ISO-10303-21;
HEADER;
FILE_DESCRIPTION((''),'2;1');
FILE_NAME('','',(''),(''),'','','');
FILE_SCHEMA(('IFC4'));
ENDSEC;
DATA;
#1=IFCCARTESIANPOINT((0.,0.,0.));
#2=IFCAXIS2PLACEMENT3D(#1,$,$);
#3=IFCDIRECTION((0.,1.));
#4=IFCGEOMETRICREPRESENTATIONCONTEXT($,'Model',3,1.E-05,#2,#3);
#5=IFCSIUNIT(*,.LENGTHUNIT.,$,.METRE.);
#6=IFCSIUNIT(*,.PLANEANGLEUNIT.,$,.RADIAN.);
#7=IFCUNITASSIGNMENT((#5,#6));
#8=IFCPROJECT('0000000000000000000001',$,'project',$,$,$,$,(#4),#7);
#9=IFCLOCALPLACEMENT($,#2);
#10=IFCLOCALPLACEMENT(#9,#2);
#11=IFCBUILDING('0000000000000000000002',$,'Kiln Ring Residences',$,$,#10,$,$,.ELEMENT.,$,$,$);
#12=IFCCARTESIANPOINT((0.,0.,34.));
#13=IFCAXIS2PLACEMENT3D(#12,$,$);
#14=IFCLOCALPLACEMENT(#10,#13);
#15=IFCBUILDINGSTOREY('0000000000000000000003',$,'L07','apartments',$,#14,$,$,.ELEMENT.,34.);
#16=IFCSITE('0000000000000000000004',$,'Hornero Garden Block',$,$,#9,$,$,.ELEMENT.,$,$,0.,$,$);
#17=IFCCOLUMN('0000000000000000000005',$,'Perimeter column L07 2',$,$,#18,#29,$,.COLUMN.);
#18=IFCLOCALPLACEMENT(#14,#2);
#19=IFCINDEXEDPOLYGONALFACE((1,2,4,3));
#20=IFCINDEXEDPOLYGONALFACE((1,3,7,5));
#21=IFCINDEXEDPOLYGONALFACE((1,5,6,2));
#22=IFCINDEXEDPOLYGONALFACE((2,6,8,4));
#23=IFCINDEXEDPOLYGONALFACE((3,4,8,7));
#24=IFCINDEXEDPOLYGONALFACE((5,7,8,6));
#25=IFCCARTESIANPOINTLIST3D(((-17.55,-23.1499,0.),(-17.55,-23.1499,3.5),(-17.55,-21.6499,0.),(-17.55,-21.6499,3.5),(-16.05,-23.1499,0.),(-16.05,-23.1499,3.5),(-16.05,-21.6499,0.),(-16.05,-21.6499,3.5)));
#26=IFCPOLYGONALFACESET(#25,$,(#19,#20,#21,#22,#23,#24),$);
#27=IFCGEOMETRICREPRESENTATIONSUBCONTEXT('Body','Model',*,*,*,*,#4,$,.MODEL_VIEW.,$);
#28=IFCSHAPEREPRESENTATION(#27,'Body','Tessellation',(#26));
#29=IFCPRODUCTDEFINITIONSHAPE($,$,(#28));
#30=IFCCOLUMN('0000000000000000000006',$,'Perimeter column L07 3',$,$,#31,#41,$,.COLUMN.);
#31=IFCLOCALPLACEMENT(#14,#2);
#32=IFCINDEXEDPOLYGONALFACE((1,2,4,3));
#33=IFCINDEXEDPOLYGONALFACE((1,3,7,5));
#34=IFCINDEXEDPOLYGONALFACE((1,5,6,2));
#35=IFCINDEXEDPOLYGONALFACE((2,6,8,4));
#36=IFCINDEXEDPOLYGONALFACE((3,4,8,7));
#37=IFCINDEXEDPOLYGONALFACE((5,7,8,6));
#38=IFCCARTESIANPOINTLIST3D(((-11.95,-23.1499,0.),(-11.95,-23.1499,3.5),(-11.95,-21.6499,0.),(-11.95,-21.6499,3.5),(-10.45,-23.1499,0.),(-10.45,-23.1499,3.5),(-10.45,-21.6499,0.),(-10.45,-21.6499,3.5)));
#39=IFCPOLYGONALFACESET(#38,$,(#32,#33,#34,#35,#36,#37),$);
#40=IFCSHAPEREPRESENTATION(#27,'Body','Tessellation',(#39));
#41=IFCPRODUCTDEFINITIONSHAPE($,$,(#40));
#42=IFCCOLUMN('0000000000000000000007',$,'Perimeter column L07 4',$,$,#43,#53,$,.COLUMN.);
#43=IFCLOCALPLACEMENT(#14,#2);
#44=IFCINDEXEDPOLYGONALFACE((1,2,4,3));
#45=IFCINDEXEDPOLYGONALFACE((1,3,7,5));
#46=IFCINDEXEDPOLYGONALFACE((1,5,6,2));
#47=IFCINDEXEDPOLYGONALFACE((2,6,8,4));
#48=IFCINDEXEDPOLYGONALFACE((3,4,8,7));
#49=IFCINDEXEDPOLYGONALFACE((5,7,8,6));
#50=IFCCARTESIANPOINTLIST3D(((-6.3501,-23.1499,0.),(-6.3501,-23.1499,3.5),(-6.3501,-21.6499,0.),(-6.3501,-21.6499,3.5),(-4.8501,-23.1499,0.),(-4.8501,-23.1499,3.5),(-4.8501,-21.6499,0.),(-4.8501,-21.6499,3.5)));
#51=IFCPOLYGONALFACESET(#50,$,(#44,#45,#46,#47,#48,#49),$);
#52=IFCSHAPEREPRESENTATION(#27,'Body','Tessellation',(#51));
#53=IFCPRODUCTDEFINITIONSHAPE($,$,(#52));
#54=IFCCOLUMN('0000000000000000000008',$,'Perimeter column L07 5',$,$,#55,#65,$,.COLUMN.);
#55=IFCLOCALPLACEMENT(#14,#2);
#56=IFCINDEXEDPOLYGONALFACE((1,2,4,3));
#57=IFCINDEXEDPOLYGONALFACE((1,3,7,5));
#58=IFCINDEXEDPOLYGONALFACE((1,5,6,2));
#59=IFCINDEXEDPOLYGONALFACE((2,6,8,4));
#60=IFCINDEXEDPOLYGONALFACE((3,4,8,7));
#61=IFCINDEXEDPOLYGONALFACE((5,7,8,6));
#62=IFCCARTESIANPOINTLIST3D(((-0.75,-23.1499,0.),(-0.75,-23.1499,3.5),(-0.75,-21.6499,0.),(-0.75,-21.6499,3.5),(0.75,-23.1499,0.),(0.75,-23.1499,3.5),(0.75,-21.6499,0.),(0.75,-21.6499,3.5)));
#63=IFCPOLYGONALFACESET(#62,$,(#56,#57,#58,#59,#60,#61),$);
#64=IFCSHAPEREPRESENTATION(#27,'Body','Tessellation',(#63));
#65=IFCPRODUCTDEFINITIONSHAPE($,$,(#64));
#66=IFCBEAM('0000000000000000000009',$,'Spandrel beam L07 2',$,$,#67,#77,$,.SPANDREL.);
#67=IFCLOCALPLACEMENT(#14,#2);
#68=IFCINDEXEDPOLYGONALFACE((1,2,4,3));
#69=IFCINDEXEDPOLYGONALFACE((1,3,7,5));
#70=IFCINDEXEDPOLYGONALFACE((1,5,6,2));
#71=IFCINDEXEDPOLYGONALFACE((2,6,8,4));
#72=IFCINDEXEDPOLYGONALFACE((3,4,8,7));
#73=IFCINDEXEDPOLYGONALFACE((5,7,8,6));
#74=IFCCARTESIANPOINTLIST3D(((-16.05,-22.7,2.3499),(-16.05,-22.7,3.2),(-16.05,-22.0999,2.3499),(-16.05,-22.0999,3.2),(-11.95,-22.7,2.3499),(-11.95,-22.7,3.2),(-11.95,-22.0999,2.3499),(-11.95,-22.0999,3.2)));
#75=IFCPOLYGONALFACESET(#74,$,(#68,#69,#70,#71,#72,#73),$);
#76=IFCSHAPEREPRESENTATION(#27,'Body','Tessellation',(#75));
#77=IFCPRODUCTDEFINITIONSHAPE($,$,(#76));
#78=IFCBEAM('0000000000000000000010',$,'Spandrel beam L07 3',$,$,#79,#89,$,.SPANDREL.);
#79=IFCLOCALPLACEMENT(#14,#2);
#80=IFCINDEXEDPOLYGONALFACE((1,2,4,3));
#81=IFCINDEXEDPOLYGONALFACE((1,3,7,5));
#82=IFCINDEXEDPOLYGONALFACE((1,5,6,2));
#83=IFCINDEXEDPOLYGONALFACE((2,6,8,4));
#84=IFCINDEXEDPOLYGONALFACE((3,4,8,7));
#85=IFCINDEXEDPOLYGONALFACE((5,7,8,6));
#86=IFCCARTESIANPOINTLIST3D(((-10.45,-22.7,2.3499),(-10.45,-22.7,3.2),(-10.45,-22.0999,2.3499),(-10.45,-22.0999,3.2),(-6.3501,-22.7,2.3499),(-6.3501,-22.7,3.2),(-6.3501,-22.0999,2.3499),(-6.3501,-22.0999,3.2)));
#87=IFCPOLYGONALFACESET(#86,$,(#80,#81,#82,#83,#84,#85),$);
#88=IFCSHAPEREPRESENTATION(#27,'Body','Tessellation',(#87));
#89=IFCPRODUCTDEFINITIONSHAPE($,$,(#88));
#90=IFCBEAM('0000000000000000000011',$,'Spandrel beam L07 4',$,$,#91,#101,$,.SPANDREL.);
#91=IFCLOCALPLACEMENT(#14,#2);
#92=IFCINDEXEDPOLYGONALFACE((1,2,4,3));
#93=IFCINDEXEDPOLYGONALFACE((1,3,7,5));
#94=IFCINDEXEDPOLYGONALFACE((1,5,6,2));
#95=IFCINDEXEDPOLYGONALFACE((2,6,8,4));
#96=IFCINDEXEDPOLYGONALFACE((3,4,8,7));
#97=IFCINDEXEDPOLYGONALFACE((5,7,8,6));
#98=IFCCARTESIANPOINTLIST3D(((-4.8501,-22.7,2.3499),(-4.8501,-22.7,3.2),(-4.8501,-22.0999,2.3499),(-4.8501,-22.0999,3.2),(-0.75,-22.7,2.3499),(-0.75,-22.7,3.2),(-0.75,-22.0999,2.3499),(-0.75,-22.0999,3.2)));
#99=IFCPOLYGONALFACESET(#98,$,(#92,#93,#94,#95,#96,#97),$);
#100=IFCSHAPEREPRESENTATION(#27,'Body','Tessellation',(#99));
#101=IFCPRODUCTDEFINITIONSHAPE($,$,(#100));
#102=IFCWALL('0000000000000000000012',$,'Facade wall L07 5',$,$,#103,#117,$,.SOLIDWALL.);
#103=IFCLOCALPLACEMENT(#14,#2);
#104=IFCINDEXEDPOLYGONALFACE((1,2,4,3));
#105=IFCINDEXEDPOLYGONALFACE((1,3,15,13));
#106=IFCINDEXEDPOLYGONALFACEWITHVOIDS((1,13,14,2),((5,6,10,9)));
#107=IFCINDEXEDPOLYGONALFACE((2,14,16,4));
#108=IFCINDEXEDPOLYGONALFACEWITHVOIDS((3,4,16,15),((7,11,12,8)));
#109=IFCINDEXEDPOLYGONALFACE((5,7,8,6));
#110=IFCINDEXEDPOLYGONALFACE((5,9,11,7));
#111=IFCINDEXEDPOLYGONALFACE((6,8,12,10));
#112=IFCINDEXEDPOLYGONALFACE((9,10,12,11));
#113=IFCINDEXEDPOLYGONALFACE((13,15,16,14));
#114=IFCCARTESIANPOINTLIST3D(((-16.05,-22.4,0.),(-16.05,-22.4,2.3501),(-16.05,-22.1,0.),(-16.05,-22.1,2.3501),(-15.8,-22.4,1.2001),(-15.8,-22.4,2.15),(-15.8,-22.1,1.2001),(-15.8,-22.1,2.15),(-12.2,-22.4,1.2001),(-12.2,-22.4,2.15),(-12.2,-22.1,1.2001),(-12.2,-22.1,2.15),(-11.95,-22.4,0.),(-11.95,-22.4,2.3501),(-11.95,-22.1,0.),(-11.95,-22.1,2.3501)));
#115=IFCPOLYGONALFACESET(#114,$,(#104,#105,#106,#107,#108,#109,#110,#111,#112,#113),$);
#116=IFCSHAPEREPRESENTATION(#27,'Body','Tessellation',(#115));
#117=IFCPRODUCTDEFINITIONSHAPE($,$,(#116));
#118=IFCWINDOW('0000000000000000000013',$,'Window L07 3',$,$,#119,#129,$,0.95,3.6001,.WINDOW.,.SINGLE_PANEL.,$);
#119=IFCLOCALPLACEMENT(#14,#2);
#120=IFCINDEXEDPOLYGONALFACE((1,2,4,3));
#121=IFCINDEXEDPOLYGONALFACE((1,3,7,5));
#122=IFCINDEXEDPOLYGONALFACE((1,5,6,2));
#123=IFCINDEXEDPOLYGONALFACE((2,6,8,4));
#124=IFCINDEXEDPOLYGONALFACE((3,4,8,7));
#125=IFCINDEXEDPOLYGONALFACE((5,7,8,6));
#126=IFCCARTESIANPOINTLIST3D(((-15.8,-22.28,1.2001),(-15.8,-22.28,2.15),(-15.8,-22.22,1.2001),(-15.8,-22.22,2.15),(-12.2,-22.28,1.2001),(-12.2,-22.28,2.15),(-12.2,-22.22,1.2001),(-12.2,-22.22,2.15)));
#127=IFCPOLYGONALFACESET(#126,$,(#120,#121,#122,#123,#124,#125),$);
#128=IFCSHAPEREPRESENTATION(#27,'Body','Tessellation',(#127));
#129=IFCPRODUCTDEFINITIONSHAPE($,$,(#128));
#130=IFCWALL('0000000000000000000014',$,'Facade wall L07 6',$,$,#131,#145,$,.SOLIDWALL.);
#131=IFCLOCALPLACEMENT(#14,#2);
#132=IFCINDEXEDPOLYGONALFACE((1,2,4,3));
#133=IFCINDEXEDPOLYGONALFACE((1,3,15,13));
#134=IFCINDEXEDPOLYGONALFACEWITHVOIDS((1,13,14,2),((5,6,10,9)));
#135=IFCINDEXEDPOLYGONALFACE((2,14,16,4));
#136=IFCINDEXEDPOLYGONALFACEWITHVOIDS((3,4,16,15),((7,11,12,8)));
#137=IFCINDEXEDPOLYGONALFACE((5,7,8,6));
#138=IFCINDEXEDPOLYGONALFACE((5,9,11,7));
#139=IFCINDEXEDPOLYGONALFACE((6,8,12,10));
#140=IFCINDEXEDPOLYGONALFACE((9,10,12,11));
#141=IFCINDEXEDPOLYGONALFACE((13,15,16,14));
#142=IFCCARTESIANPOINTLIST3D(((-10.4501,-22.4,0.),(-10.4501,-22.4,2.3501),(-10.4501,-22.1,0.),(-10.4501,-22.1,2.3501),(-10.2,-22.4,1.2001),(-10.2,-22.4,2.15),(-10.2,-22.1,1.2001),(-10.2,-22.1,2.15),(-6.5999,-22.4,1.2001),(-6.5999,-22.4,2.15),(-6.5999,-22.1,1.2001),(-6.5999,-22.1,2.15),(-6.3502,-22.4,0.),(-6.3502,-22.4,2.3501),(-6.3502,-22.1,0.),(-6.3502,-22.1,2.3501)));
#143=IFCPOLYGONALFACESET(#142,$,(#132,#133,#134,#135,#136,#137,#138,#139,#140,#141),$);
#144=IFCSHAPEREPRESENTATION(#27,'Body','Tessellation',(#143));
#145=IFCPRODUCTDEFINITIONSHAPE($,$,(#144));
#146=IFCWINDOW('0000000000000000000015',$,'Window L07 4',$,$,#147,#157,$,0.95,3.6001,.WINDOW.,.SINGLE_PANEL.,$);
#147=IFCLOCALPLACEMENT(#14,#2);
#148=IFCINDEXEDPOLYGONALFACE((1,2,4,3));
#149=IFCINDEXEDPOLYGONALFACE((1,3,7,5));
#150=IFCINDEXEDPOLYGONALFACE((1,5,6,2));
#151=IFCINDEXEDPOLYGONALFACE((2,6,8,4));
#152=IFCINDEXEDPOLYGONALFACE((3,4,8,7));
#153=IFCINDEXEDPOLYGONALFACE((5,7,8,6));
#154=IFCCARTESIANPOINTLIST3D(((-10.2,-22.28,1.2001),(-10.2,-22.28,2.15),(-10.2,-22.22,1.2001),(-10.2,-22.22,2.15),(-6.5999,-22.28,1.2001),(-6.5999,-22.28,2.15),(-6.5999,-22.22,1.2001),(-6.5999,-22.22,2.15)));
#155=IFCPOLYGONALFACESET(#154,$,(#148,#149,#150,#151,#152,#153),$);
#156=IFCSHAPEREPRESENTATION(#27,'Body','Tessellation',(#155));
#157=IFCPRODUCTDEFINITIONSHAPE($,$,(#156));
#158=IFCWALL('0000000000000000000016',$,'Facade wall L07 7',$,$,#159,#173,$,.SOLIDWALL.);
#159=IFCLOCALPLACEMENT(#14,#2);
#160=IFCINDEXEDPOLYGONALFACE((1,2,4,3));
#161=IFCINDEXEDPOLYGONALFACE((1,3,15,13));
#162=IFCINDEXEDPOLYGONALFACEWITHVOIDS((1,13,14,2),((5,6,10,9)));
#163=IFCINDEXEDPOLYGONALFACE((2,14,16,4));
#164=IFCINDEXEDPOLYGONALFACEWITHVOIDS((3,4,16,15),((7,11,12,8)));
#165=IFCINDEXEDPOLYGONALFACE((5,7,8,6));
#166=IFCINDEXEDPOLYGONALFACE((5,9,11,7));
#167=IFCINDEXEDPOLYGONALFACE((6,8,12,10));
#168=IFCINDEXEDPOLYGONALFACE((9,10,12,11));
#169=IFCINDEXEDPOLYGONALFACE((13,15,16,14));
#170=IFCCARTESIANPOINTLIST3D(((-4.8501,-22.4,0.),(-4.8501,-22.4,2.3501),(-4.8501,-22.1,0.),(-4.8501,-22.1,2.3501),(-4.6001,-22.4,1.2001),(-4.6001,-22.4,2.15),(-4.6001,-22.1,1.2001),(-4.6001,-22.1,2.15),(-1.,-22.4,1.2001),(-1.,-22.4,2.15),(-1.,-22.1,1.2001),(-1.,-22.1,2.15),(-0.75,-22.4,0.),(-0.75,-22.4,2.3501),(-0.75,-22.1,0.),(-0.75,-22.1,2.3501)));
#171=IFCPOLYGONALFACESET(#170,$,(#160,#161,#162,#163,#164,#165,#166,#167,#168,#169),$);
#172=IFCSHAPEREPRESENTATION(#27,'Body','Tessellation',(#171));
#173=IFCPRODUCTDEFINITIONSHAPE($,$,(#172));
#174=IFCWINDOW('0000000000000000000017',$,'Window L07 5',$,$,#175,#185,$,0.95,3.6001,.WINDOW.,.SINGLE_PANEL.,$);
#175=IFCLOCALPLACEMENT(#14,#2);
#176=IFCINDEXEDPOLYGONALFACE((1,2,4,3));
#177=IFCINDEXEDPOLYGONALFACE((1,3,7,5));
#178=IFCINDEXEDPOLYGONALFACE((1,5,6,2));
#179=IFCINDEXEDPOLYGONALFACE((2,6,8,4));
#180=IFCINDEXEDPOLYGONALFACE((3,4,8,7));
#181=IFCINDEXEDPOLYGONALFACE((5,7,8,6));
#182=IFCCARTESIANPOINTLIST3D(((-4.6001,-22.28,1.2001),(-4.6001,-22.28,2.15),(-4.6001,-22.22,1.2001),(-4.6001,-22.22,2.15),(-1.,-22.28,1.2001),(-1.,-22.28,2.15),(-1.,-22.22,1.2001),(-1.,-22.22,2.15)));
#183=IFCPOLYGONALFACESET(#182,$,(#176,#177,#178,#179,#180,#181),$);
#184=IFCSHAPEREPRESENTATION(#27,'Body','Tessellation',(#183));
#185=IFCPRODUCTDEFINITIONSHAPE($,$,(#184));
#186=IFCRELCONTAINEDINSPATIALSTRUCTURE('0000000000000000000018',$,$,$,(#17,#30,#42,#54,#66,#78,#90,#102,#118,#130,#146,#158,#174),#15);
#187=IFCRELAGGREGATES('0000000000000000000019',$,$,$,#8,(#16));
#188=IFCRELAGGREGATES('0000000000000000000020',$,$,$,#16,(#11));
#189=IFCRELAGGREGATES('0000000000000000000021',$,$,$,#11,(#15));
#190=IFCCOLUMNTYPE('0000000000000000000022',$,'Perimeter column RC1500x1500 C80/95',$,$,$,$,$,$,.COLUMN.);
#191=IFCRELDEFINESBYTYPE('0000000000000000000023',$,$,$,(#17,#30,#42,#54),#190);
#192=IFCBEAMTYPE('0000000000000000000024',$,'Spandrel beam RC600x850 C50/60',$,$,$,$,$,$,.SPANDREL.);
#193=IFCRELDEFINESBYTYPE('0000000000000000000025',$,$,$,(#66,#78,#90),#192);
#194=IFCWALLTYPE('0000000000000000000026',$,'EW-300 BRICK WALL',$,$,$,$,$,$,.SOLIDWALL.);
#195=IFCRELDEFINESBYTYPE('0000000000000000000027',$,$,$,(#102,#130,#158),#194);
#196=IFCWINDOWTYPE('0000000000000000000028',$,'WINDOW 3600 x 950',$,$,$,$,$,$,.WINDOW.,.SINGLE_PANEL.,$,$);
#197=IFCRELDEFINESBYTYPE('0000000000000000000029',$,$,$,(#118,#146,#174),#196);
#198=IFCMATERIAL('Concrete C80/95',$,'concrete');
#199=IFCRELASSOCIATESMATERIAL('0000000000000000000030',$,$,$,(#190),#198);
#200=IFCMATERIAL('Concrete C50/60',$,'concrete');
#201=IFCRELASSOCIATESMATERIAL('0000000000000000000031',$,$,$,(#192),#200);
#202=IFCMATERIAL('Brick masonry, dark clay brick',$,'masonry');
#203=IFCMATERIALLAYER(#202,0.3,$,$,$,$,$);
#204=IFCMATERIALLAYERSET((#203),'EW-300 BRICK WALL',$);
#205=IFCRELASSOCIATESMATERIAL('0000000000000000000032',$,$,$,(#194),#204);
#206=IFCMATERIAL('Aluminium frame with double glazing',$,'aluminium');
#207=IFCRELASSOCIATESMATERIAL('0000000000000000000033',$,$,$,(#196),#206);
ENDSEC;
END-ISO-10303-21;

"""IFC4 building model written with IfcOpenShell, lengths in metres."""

from ifc_helpers import new_model, si_unit, direction, frame, frame_2d, origin, origin_2d, place, context, subcontext, project, spatial, rectangle, extrude, material, layer, layer_set, material_profile, profile_set, type_object, element, fill, save


model = new_model("IFC4")

# Units and contexts
model_context = context("Model", 3, precision=1e-05, world=origin(), true_north=direction((0.0, 1.0)))
body_context = subcontext(model_context, "Body", "Model", "MODEL_VIEW")
ifc_project = project(units=[si_unit("LENGTHUNIT", "METRE"), si_unit("PLANEANGLEUNIT", "RADIAN")], contexts=[model_context])

# Site, building, storey
site_placement = place(None, origin())
site = spatial("IfcSite", under=ifc_project, at=site_placement, Name="Hornero Garden Block", CompositionType="ELEMENT", RefElevation=0.0)
building_placement = place(site_placement, origin())
building = spatial("IfcBuilding", under=site, at=building_placement, Name="Kiln Ring Residences", CompositionType="ELEMENT")
storey_placement = place(building_placement, frame((0.0, 0.0, 34.0)))
storey = spatial("IfcBuildingStorey", under=building, at=storey_placement, Name="L07", Description="apartments", CompositionType="ELEMENT", Elevation=34.0)

# Columns
ifc_material_1 = material(Name="Concrete C80/95", Category="concrete")
ifc_material_profile_1 = material_profile(ifc_material_1, rectangle(XDim=1.5, YDim=1.5, at=origin_2d()), Name="RC1500x1500")
ifc_profile_set_1 = profile_set([ifc_material_profile_1], Name="Concrete C80/95")
column_type = type_object("IfcColumnType", Name="Perimeter column RC1500x1500 C80/95", PredefinedType="COLUMN", material=ifc_profile_set_1)
for number, where, z_axis, x_axis, name in (
    (1, (-16.8, -22.3999, 0.0), (0.0, 0.0, 1.0), (1.0, 0.0, 0.0), "Perimeter column L07 2"),
    (2, (-11.2, -22.3999, 0.0), (0.0, 0.0, 1.0), (1.0, 0.0, 0.0), "Perimeter column L07 3"),
    (3, (-5.6001, -22.3999, 0.0), (0.0, 0.0, 1.0), (1.0, 0.0, 0.0), "Perimeter column L07 4"),
    (4, (0.0, -22.3999, 0.0), (0.0, 0.0, 1.0), (1.0, 0.0, 0.0), "Perimeter column L07 5"),
):
    element("IfcColumn", number, at=place(storey_placement, frame(where, z_axis=z_axis, x_axis=x_axis)), inside=storey, type_object=column_type, Name=name, PredefinedType="COLUMN", context=body_context, shape_type="SweptSolid", body=[
        extrude(rectangle(XDim=1.5, YDim=1.5, at=origin_2d()), origin(), (0.0, 0.0, 1.0), 3.5),
    ])

# Beams
ifc_material_2 = material(Name="Concrete C50/60", Category="concrete")
ifc_material_profile_2 = material_profile(ifc_material_2, rectangle(XDim=0.6001, YDim=0.8501, at=origin_2d()), Name="RC600x850")
ifc_profile_set_2 = profile_set([ifc_material_profile_2], Name="Concrete C50/60")
beam_type = type_object("IfcBeamType", Name="Spandrel beam RC600x850 C50/60", PredefinedType="SPANDREL", material=ifc_profile_set_2)
beam_1_placement = place(storey_placement, frame((-16.05, -22.3999, 2.7749), z_axis=(1.0, 0.0, 0.0), x_axis=(0.0, 1.0, 0.0)))
element("IfcBeam", 5, at=beam_1_placement, inside=storey, type_object=beam_type, Name="Spandrel beam L07 2", PredefinedType="SPANDREL", context=body_context, shape_type="SweptSolid", body=[
    extrude(rectangle(XDim=0.6001, YDim=0.8501, at=origin_2d()), origin(), (0.0, 0.0, 1.0), 4.1001),
])
beam_2_placement = place(storey_placement, frame((-10.45, -22.3999, 2.7749), z_axis=(1.0, 0.0, 0.0), x_axis=(0.0, 1.0, 0.0)))
element("IfcBeam", 6, at=beam_2_placement, inside=storey, type_object=beam_type, Name="Spandrel beam L07 3", PredefinedType="SPANDREL", context=body_context, shape_type="SweptSolid", body=[
    extrude(rectangle(XDim=0.6001, YDim=0.8501, at=origin_2d()), origin(), (0.0, 0.0, 1.0), 4.0999),
])
beam_3_placement = place(storey_placement, frame((-4.8501, -22.3999, 2.7749), z_axis=(1.0, 0.0, 0.0), x_axis=(0.0, 1.0, 0.0)))
element("IfcBeam", 7, at=beam_3_placement, inside=storey, type_object=beam_type, Name="Spandrel beam L07 4", PredefinedType="SPANDREL", context=body_context, shape_type="SweptSolid", body=[
    extrude(rectangle(XDim=0.6001, YDim=0.8501, at=origin_2d()), origin(), (0.0, 0.0, 1.0), 4.1001),
])

# Walls, openings, windows
ifc_material_3 = material(Name="Brick masonry, dark clay brick", Category="masonry")
ifc_layer_1 = layer(ifc_material_3, 0.3)
ifc_layer_set_1 = layer_set([ifc_layer_1], Name="EW-300 BRICK WALL")
wall_type_1 = type_object("IfcWallType", Name="EW-300 BRICK WALL", PredefinedType="SOLIDWALL", material=ifc_layer_set_1)
wall_1_placement = place(storey_placement, frame((-16.05, -22.25, 0.0), z_axis=(0.0, 0.0, 1.0), x_axis=(1.0, 0.0, 0.0)))
wall_1 = element("IfcWall", 8, at=wall_1_placement, inside=storey, type_object=wall_type_1, Name="Facade wall L07 5", PredefinedType="SOLIDWALL", context=body_context, shape_type="SweptSolid", body=[
    extrude(rectangle(XDim=4.1001, YDim=0.3, at=frame_2d((2.05, 0.0))), origin(), (0.0, 0.0, 1.0), 2.3501),
])
opening_1_placement = place(wall_1_placement, frame((0.25, 0.0, 1.2)))
opening_1 = element("IfcOpeningElement", 9, at=opening_1_placement, cuts=wall_1, PredefinedType="OPENING", context=body_context, shape_type="SweptSolid", body=[
    extrude(rectangle(XDim=3.6001, YDim=0.95, at=frame_2d((1.8, 0.4751))), frame((0.0, 0.1599, 0.0), z_axis=(0.0, -1.0, 0.0), x_axis=(1.0, 0.0, 0.0)), (0.0, 0.0, 1.0), 0.3201),
])
ifc_material_4 = material(Name="Aluminium frame with double glazing", Category="aluminium")
window_type = type_object("IfcWindowType", Name="WINDOW 3600 x 950", PartitioningType="SINGLE_PANEL", PredefinedType="WINDOW", material=ifc_material_4)
window_1_placement = place(opening_1_placement, origin())
window_1 = element("IfcWindow", 10, at=window_1_placement, inside=storey, type_object=window_type, Name="Window L07 3", OverallHeight=0.95, OverallWidth=3.6001, PartitioningType="SINGLE_PANEL", PredefinedType="WINDOW", context=body_context, shape_type="SweptSolid", body=[
    extrude(rectangle(XDim=3.6001, YDim=0.95, at=frame_2d((1.8, 0.4751))), frame((0.0, 0.03, 0.0), z_axis=(0.0, -1.0, 0.0), x_axis=(1.0, 0.0, 0.0)), (0.0, 0.0, 1.0), 0.0601),
])
fill(opening_1, window_1)
wall_2_placement = place(storey_placement, frame((-10.45, -22.25, 0.0), z_axis=(0.0, 0.0, 1.0), x_axis=(1.0, 0.0, 0.0)))
wall_2 = element("IfcWall", 11, at=wall_2_placement, inside=storey, type_object=wall_type_1, Name="Facade wall L07 6", PredefinedType="SOLIDWALL", context=body_context, shape_type="SweptSolid", body=[
    extrude(rectangle(XDim=4.0999, YDim=0.3, at=frame_2d((2.0498, 0.0))), origin(), (0.0, 0.0, 1.0), 2.3501),
])
opening_2_placement = place(wall_2_placement, frame((0.25, 0.0, 1.2)))
opening_2 = element("IfcOpeningElement", 12, at=opening_2_placement, cuts=wall_2, PredefinedType="OPENING", context=body_context, shape_type="SweptSolid", body=[
    extrude(rectangle(XDim=3.6001, YDim=0.95, at=frame_2d((1.8, 0.4751))), frame((0.0, 0.1599, 0.0), z_axis=(0.0, -1.0, 0.0), x_axis=(1.0, 0.0, 0.0)), (0.0, 0.0, 1.0), 0.3201),
])
window_2_placement = place(opening_2_placement, origin())
window_2 = element("IfcWindow", 13, at=window_2_placement, inside=storey, type_object=window_type, Name="Window L07 4", OverallHeight=0.95, OverallWidth=3.6001, PartitioningType="SINGLE_PANEL", PredefinedType="WINDOW", context=body_context, shape_type="SweptSolid", body=[
    extrude(rectangle(XDim=3.6001, YDim=0.95, at=frame_2d((1.8, 0.4751))), frame((0.0, 0.03, 0.0), z_axis=(0.0, -1.0, 0.0), x_axis=(1.0, 0.0, 0.0)), (0.0, 0.0, 1.0), 0.0601),
])
fill(opening_2, window_2)
wall_3_placement = place(storey_placement, frame((-4.8501, -22.25, 0.0), z_axis=(0.0, 0.0, 1.0), x_axis=(1.0, 0.0, 0.0)))
wall_3 = element("IfcWall", 14, at=wall_3_placement, inside=storey, type_object=wall_type_1, Name="Facade wall L07 7", PredefinedType="SOLIDWALL", context=body_context, shape_type="SweptSolid", body=[
    extrude(rectangle(XDim=4.1001, YDim=0.3, at=frame_2d((2.05, 0.0))), origin(), (0.0, 0.0, 1.0), 2.3501),
])
opening_3_placement = place(wall_3_placement, frame((0.25, 0.0, 1.2)))
opening_3 = element("IfcOpeningElement", 15, at=opening_3_placement, cuts=wall_3, PredefinedType="OPENING", context=body_context, shape_type="SweptSolid", body=[
    extrude(rectangle(XDim=3.6001, YDim=0.95, at=frame_2d((1.8, 0.4751))), frame((0.0, 0.1599, 0.0), z_axis=(0.0, -1.0, 0.0), x_axis=(1.0, 0.0, 0.0)), (0.0, 0.0, 1.0), 0.3201),
])
window_3_placement = place(opening_3_placement, origin())
window_3 = element("IfcWindow", 16, at=window_3_placement, inside=storey, type_object=window_type, Name="Window L07 5", OverallHeight=0.95, OverallWidth=3.6001, PartitioningType="SINGLE_PANEL", PredefinedType="WINDOW", context=body_context, shape_type="SweptSolid", body=[
    extrude(rectangle(XDim=3.6001, YDim=0.95, at=frame_2d((1.8, 0.4751))), frame((0.0, 0.03, 0.0), z_axis=(0.0, -1.0, 0.0), x_axis=(1.0, 0.0, 0.0)), (0.0, 0.0, 1.0), 0.0601),
])
fill(opening_3, window_3)

save(model, "model.ifc")
